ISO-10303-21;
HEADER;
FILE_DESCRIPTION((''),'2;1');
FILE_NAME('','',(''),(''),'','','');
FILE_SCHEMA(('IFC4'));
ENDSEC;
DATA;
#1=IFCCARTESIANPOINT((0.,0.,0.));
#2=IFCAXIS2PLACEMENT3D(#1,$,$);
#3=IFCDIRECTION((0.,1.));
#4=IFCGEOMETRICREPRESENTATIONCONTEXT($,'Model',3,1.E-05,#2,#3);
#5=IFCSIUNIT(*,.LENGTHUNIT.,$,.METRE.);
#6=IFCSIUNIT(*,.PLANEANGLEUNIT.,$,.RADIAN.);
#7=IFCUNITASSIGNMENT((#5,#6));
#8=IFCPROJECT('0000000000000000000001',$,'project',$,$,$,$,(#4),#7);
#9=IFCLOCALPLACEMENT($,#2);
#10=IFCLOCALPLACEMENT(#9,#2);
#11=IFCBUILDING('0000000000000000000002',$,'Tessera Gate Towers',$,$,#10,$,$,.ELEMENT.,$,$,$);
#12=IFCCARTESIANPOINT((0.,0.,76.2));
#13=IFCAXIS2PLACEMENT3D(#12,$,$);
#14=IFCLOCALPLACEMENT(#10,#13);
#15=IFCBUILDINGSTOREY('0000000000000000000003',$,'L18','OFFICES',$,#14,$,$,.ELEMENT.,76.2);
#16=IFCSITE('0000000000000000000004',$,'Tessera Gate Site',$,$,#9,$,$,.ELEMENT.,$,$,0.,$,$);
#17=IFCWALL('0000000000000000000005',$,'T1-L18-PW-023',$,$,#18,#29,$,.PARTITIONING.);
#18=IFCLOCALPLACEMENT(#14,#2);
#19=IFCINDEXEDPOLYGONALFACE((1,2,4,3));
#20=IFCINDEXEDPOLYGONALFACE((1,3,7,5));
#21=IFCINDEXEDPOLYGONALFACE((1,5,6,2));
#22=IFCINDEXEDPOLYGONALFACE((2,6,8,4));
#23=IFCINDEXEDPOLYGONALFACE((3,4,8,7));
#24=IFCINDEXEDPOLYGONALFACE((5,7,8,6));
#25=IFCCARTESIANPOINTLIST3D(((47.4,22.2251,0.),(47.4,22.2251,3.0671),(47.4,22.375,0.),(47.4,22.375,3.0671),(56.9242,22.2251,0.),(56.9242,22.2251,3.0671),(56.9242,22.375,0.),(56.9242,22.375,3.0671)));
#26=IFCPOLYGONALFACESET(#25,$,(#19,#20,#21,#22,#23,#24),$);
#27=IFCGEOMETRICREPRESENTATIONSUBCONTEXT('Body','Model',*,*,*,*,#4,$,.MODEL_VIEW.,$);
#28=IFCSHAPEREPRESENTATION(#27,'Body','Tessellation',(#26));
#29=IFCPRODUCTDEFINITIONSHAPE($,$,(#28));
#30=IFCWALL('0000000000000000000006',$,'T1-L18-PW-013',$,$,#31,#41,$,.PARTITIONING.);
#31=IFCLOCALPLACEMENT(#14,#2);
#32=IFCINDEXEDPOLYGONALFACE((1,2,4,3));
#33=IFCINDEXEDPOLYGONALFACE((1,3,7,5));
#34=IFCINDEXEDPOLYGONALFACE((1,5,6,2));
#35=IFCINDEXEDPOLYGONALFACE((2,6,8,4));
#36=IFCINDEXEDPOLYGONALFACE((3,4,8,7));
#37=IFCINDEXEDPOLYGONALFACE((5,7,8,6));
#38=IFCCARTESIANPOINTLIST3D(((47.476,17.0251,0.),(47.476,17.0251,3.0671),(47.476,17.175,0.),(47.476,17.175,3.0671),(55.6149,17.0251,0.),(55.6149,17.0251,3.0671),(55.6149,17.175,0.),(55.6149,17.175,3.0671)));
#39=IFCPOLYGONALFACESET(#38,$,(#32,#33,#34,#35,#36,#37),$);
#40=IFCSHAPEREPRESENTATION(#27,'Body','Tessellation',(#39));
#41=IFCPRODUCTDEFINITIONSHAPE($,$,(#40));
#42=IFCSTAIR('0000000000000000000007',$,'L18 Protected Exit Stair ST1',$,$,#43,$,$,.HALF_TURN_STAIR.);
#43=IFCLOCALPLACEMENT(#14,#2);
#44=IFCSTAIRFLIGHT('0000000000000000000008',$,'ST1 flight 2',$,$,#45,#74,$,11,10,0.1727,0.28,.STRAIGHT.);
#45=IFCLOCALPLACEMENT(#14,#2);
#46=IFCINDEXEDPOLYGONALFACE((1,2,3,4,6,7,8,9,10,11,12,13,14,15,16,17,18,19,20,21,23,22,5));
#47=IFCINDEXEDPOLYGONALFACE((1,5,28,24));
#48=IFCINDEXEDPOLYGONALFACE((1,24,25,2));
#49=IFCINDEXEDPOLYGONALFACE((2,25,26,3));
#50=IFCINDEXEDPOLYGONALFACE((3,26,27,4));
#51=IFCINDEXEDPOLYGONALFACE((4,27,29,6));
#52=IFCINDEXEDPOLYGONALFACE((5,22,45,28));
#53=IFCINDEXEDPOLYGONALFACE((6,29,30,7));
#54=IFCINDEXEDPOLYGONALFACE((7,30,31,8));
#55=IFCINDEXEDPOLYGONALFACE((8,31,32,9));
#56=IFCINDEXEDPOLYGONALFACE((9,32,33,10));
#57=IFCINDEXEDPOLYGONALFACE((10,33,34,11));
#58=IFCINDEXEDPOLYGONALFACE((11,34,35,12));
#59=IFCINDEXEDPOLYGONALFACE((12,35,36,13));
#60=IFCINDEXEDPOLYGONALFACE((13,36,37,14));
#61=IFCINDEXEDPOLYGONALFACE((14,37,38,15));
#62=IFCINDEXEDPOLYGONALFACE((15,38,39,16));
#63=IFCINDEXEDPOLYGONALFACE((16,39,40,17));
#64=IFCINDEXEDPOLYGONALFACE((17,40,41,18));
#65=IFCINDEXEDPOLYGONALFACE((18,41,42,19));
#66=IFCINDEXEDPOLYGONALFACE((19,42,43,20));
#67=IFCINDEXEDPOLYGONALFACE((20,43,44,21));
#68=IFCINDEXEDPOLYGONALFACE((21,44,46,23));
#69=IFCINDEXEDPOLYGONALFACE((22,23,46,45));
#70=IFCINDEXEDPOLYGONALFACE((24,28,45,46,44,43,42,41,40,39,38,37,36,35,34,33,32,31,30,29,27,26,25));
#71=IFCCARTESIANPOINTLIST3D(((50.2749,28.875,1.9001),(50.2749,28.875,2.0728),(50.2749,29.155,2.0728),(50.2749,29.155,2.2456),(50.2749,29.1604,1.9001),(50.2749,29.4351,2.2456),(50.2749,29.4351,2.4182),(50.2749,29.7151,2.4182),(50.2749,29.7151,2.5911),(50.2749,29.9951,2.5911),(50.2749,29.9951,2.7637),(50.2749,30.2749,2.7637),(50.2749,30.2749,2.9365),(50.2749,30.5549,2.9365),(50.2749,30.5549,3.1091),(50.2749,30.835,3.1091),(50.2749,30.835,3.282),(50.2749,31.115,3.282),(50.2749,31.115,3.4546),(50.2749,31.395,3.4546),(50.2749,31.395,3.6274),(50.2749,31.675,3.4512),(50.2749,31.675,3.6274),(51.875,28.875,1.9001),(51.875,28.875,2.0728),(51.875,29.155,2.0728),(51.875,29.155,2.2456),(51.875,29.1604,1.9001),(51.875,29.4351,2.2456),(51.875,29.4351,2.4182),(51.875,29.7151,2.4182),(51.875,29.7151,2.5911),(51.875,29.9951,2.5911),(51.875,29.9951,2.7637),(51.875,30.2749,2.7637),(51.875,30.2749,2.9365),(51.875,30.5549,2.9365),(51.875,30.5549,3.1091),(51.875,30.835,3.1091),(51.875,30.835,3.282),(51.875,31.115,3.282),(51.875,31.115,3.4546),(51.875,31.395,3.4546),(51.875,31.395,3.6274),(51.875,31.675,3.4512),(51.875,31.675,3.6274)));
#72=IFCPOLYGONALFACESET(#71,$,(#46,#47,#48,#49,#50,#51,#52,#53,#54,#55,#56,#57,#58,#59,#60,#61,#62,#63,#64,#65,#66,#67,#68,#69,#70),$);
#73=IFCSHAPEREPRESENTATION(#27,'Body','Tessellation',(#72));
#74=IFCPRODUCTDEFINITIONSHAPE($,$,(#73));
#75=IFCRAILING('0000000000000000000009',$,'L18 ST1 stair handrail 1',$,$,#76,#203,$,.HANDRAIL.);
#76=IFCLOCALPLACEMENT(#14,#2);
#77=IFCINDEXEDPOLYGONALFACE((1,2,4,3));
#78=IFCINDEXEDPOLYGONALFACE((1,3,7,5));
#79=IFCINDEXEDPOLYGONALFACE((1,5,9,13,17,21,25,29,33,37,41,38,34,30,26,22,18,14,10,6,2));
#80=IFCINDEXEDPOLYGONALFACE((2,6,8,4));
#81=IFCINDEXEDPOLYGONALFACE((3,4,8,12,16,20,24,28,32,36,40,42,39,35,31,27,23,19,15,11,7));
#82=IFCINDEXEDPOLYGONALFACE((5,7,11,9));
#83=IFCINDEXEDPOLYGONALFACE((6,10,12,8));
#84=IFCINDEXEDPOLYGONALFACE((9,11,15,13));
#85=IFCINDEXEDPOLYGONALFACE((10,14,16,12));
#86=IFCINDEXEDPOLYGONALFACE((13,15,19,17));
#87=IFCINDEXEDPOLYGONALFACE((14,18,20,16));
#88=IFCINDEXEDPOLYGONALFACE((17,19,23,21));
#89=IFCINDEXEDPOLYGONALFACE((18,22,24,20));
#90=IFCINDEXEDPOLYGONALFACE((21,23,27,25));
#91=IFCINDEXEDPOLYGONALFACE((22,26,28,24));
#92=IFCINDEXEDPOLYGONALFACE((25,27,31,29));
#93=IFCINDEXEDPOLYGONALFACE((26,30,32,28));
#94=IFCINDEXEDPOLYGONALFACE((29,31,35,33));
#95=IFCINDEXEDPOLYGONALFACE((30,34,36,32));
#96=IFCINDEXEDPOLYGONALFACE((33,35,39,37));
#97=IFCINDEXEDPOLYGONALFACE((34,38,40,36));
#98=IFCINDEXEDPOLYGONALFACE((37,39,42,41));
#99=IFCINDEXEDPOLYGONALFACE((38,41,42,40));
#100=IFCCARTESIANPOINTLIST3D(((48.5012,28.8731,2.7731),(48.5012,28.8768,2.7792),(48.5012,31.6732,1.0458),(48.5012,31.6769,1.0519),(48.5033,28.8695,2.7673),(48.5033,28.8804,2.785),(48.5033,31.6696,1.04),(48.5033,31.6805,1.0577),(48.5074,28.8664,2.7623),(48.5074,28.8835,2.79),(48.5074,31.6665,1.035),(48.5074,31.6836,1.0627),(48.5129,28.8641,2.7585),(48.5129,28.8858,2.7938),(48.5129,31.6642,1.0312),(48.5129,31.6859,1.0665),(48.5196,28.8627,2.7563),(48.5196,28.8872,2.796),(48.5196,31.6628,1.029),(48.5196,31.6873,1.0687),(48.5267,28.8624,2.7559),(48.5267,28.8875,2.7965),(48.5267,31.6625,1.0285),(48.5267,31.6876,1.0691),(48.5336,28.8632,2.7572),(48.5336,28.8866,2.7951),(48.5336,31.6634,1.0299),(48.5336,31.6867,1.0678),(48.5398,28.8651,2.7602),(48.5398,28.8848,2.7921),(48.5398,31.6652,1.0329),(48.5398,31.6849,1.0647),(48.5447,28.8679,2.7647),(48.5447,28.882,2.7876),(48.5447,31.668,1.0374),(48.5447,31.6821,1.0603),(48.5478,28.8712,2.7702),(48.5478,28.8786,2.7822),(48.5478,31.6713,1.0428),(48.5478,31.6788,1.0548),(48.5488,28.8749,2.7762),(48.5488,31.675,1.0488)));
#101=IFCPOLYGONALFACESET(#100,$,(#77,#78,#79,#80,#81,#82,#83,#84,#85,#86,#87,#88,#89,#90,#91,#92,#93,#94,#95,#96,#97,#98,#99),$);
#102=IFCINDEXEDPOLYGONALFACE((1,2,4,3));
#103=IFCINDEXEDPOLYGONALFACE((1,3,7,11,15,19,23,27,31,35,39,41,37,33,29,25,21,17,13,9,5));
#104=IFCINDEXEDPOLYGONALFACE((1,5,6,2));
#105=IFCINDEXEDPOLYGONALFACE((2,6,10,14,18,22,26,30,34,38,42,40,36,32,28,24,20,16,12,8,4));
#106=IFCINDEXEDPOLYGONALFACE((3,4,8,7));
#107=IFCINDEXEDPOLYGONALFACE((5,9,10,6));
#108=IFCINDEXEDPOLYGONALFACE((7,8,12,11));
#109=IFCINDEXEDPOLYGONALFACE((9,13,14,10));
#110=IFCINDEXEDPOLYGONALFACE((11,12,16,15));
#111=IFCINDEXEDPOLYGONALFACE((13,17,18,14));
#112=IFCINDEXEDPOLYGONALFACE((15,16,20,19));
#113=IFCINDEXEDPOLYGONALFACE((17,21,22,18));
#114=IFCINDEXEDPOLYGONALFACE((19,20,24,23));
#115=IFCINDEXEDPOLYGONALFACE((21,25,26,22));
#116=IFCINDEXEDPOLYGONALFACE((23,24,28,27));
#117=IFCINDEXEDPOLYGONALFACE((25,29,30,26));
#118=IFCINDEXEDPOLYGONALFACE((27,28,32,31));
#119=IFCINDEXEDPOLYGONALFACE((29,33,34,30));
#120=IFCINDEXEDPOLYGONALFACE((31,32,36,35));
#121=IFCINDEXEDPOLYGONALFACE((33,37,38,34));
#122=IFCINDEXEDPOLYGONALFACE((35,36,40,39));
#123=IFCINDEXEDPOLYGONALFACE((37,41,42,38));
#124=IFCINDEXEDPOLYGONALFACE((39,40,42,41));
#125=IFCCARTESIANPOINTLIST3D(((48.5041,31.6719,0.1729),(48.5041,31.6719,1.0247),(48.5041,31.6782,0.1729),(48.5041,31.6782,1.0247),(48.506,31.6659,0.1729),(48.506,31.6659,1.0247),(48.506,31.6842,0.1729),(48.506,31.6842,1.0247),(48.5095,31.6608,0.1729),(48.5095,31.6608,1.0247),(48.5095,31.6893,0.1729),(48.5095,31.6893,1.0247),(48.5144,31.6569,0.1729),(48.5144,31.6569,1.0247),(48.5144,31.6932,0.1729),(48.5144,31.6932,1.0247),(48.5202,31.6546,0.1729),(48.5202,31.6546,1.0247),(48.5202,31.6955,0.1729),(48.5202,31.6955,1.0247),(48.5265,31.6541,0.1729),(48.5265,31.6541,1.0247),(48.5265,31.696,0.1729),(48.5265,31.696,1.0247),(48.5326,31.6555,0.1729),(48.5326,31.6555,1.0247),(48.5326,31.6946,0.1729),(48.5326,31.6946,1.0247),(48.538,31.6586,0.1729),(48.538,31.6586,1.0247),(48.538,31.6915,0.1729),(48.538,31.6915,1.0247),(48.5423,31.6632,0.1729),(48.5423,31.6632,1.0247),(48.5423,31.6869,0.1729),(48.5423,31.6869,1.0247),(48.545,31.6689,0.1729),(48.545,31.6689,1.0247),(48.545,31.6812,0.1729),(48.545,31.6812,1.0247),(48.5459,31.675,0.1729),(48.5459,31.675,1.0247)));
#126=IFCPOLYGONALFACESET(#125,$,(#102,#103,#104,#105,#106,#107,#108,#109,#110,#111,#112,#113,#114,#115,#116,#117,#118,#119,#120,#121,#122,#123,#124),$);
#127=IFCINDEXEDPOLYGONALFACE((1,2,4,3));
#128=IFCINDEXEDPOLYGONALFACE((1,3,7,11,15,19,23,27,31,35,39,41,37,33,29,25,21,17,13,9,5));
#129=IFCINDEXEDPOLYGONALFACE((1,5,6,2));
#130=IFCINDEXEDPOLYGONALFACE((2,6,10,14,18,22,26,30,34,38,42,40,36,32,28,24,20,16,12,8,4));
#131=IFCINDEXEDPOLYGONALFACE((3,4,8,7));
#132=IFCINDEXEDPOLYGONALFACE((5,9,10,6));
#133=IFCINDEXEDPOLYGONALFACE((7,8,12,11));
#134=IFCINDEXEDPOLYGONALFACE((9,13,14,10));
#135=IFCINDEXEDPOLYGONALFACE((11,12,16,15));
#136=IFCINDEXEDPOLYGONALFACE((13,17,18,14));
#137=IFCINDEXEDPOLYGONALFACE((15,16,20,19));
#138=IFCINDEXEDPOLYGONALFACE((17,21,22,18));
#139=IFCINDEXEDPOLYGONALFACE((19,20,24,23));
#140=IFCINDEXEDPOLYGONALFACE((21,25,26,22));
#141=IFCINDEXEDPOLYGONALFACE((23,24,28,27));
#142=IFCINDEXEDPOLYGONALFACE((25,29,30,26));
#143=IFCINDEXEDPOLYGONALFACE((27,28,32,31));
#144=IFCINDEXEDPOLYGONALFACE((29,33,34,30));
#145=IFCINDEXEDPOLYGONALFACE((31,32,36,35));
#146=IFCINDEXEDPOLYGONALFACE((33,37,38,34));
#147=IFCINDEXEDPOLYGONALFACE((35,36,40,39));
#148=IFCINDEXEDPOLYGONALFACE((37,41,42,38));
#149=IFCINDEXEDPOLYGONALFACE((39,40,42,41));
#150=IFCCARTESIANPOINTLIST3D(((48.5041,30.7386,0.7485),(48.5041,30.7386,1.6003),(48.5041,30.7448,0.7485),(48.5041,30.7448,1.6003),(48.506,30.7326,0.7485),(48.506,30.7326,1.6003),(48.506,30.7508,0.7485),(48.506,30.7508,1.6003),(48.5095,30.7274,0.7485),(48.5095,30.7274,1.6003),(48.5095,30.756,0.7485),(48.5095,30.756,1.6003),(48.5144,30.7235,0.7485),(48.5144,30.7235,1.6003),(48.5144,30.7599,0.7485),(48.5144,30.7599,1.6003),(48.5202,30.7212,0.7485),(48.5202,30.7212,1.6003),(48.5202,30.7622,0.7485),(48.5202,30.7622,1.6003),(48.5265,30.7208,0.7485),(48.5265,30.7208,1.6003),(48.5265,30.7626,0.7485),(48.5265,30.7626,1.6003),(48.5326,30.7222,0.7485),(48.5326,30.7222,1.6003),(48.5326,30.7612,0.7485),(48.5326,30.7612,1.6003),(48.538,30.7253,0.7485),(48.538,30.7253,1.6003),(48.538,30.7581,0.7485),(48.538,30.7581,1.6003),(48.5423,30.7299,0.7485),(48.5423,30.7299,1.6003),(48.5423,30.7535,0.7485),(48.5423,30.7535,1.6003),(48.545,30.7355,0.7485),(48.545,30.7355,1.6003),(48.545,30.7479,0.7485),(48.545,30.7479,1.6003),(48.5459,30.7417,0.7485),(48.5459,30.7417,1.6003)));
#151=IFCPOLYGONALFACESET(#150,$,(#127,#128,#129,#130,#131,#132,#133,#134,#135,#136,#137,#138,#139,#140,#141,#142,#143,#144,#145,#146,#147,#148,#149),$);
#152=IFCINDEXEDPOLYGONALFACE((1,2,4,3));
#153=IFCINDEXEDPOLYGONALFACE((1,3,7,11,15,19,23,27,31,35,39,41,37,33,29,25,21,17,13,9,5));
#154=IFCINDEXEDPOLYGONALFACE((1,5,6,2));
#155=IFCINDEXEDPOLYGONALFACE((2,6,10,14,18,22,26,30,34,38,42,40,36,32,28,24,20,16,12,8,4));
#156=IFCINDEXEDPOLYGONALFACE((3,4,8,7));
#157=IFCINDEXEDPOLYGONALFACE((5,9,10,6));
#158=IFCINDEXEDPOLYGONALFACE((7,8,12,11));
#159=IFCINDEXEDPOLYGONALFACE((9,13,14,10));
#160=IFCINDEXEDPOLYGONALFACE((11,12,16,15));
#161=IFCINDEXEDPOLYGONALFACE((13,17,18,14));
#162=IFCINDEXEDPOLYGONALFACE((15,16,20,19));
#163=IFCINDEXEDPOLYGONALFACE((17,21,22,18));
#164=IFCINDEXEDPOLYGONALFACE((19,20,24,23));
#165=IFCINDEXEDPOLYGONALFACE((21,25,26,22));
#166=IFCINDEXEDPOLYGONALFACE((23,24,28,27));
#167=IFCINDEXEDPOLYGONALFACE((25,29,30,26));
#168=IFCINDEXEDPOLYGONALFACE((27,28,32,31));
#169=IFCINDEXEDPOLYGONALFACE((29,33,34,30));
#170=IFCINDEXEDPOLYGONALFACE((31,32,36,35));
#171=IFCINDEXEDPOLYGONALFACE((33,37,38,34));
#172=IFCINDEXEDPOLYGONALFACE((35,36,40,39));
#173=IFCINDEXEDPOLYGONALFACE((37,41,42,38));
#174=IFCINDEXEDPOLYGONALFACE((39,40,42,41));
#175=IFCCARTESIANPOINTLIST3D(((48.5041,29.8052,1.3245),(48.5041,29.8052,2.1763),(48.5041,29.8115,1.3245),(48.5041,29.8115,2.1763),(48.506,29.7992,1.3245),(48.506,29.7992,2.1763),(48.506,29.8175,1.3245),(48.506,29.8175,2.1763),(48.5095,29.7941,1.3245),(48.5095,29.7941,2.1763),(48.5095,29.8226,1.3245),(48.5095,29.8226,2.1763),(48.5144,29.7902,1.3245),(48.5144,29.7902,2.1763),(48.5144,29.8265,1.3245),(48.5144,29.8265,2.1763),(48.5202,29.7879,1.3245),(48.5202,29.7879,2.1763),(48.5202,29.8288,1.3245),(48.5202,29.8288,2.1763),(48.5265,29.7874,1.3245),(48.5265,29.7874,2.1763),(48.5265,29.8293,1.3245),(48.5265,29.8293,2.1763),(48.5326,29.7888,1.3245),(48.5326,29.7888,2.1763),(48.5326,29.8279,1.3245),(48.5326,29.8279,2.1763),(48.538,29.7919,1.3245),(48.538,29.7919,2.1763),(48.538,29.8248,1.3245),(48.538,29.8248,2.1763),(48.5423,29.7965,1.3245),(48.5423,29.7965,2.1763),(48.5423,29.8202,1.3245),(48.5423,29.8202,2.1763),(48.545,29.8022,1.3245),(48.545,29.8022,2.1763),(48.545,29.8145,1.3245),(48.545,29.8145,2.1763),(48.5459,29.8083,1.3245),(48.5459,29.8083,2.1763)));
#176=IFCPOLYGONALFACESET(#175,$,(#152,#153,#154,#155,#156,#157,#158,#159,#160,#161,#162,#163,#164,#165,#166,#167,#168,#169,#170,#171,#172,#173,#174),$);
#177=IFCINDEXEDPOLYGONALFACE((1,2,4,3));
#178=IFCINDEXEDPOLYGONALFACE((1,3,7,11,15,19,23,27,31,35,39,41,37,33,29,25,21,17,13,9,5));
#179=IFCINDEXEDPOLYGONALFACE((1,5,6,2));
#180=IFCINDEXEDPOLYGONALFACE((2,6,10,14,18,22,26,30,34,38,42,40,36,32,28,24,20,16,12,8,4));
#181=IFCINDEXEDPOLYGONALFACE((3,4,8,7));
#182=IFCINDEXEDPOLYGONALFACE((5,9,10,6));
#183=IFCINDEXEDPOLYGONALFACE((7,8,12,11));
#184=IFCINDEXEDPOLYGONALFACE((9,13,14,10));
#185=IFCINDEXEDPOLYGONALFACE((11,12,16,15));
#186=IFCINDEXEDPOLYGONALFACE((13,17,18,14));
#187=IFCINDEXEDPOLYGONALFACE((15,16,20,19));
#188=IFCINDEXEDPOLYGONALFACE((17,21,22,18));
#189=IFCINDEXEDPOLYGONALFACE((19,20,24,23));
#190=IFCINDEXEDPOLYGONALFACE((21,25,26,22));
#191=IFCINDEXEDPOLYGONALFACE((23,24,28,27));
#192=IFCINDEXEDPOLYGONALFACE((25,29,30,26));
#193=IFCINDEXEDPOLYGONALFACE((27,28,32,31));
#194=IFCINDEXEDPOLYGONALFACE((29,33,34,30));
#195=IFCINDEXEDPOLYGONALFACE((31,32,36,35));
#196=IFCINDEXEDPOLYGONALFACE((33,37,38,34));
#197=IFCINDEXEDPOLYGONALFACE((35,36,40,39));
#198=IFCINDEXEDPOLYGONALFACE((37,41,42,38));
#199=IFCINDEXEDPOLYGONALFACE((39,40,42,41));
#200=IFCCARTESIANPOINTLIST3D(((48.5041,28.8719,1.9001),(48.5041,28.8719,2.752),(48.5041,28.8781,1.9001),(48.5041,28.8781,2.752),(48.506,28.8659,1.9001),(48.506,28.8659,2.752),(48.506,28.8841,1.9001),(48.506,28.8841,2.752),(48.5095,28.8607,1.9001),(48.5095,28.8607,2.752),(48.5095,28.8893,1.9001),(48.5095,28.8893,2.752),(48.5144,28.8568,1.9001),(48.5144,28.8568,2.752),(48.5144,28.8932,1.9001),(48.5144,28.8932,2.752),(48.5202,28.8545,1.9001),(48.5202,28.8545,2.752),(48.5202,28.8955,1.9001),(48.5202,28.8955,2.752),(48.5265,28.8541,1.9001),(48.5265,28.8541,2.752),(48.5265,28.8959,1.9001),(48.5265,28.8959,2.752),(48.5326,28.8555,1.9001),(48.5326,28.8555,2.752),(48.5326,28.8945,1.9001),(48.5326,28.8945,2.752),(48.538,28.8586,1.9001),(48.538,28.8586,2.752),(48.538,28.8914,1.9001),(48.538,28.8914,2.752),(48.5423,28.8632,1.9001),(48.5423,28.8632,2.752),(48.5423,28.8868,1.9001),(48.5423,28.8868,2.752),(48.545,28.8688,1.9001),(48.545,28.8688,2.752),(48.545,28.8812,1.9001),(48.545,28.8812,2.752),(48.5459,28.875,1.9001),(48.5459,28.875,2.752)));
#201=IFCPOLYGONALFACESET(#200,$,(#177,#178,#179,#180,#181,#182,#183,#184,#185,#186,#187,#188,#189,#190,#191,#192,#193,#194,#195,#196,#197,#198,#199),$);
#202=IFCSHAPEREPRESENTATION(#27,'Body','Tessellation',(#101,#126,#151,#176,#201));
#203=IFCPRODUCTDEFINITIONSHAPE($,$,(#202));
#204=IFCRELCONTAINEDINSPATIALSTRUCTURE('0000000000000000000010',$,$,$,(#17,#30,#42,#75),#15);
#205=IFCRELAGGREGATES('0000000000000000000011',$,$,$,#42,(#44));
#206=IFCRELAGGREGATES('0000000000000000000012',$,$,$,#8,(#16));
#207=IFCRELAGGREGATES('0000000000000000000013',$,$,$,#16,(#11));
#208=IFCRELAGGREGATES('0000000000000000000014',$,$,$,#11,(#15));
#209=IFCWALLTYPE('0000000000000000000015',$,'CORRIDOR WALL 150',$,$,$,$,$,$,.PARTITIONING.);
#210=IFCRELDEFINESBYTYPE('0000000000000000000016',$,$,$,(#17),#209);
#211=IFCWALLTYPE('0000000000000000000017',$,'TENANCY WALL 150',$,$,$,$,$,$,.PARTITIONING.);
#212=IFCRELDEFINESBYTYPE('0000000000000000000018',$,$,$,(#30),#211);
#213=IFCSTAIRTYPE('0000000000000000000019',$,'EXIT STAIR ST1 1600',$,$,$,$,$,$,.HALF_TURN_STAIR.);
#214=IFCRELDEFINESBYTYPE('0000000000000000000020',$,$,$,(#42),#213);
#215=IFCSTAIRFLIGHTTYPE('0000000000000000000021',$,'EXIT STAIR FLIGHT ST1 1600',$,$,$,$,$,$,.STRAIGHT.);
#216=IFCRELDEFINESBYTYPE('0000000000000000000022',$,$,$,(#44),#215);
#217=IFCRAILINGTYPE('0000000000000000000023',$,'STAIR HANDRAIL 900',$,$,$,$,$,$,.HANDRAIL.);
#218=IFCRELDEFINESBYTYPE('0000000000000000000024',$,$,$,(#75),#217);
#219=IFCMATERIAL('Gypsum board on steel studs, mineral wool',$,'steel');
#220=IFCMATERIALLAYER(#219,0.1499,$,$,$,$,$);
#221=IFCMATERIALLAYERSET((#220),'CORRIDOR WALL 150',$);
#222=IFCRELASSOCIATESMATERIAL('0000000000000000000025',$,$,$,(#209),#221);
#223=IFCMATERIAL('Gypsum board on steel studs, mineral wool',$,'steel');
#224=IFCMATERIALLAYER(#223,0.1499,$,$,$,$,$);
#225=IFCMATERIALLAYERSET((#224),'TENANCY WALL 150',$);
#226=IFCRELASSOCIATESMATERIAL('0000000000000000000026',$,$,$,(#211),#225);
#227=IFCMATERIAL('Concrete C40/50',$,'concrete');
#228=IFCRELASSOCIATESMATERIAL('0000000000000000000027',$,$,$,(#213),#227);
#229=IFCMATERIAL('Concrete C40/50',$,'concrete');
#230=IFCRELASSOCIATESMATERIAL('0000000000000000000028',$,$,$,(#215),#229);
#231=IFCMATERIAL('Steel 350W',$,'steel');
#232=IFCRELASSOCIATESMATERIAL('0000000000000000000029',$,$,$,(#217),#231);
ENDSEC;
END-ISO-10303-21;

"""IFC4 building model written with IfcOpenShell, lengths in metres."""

from ifc_helpers import new_model, si_unit, direction, frame, frame_2d, origin, origin_2d, place, context, subcontext, project, spatial, polyline, rectangle, circle, outline, extrude, material, layer, layer_set, type_object, element, aggregate, save


model = new_model("IFC4")

# Units and contexts
model_context = context("Model", 3, precision=1e-05, world=origin(), true_north=direction((0.0, 1.0)))
body_context = subcontext(model_context, "Body", "Model", "MODEL_VIEW")
ifc_project = project(units=[si_unit("LENGTHUNIT", "METRE"), si_unit("PLANEANGLEUNIT", "RADIAN")], contexts=[model_context])

# Site, building, storey
site_placement = place(None, origin())
site = spatial("IfcSite", under=ifc_project, at=site_placement, Name="Tessera Gate Site", CompositionType="ELEMENT", RefElevation=0.0)
building_placement = place(site_placement, origin())
building = spatial("IfcBuilding", under=site, at=building_placement, Name="Tessera Gate Towers", CompositionType="ELEMENT")
storey_placement = place(building_placement, frame((0.0, 0.0, 76.2)))
storey = spatial("IfcBuildingStorey", under=building, at=storey_placement, Name="L18", Description="OFFICES", CompositionType="ELEMENT", Elevation=76.2)

# Shared definitions
ifc_material_1 = material(Name="Gypsum board on steel studs, mineral wool", Category="steel")
ifc_layer_1 = layer(ifc_material_1, 0.1499)
ifc_layer_set_1 = layer_set([ifc_layer_1], Name="CORRIDOR WALL 150")
wall_type_1 = type_object("IfcWallType", Name="CORRIDOR WALL 150", PredefinedType="PARTITIONING", material=ifc_layer_set_1)

# Walls
wall_1_placement = place(storey_placement, frame((47.3999, 22.3, 0.0), z_axis=(0.0, 0.0, 1.0), x_axis=(1.0, 0.0, 0.0)))
element("IfcWall", 1, at=wall_1_placement, inside=storey, type_object=wall_type_1, Name="T1-L18-PW-023", PredefinedType="PARTITIONING", context=body_context, shape_type="SweptSolid", body=[
    extrude(rectangle(XDim=9.5242, YDim=0.1499, at=frame_2d((4.7622, 0.0))), origin(), (0.0, 0.0, 1.0), 3.0671),
])
ifc_material_2 = material(Name="Gypsum board on steel studs, mineral wool", Category="steel")
ifc_layer_2 = layer(ifc_material_2, 0.1499)
ifc_layer_set_2 = layer_set([ifc_layer_2], Name="TENANCY WALL 150")
wall_type_2 = type_object("IfcWallType", Name="TENANCY WALL 150", PredefinedType="PARTITIONING", material=ifc_layer_set_2)
wall_2_placement = place(storey_placement, frame((47.4761, 17.1001, 0.0), z_axis=(0.0, 0.0, 1.0), x_axis=(1.0, 0.0, 0.0)))
element("IfcWall", 2, at=wall_2_placement, inside=storey, type_object=wall_type_2, Name="T1-L18-PW-013", PredefinedType="PARTITIONING", context=body_context, shape_type="SweptSolid", body=[
    extrude(rectangle(XDim=8.1389, YDim=0.1499, at=frame_2d((4.0693, 0.0))), origin(), (0.0, 0.0, 1.0), 3.0671),
])

# Stair, stair flight
ifc_material_3 = material(Name="Concrete C40/50", Category="concrete")
stair_type = type_object("IfcStairType", Name="EXIT STAIR ST1 1600", PredefinedType="HALF_TURN_STAIR", material=ifc_material_3)
stair_placement = place(storey_placement, origin())
stair = element("IfcStair", 3, at=stair_placement, inside=storey, type_object=stair_type, Name="L18 Protected Exit Stair ST1", PredefinedType="HALF_TURN_STAIR")
ifc_material_4 = material(Name="Concrete C40/50", Category="concrete")
stair_flight_type = type_object("IfcStairFlightType", Name="EXIT STAIR FLIGHT ST1 1600", PredefinedType="STRAIGHT", material=ifc_material_4)
stair_flight_placement = place(storey_placement, frame((51.075, 28.875, 1.9001), z_axis=(0.0, 0.0, 1.0), x_axis=(0.0, 1.0, 0.0)))
stair_flight = element("IfcStairFlight", 4, at=stair_flight_placement, type_object=stair_flight_type, Name="ST1 flight 2", NumberOfRisers=11, NumberOfTreads=10, PredefinedType="STRAIGHT", RiserHeight=0.1727, TreadLength=0.28, context=body_context, shape_type="SweptSolid", body=[
    extrude(outline(polyline([(0.0, 0.0), (0.0, 0.1726), (0.28, 0.1726), (0.28, 0.3455), (0.5601, 0.3455), (0.5601, 0.5181), (0.8401, 0.5181), (0.8401, 0.6909), (1.1201, 0.6909), (1.1201, 0.8635), (1.3999, 0.8635), (1.3999, 1.0364), (1.6799, 1.0364), (1.6799, 1.209), (1.96, 1.209), (1.96, 1.3818), (2.24, 1.3818), (2.24, 1.5544), (2.52, 1.5544), (2.52, 1.7273), (2.8, 1.7273), (2.8, 1.8999), (2.8, 1.551), (0.2854, 0.0), (0.0, 0.0)])), frame((0.0, 0.8, 0.0), z_axis=(0.0, -1.0, 0.0), x_axis=(1.0, 0.0, 0.0)), (0.0, 0.0, 1.0), 1.6001),
])
aggregate(stair, [stair_flight])

# Railing
ifc_material_5 = material(Name="Steel 350W", Category="steel")
railing_type = type_object("IfcRailingType", Name="STAIR HANDRAIL 900", PredefinedType="HANDRAIL", material=ifc_material_5)
railing_placement = place(storey_placement, frame((48.5249, 31.675, 0.1729)))
element("IfcRailing", 5, at=railing_placement, inside=storey, type_object=railing_type, Name="L18 ST1 stair handrail 1", PredefinedType="HANDRAIL", context=body_context, shape_type="SweptSolid", body=[
    extrude(circle(Radius=0.0239, at=origin_2d()), frame((0.0, 0.0, 0.876), z_axis=(0.0, -0.85109, 0.52502), x_axis=(1.0, 0.0, 0.0)), (0.0, 0.0, 1.0), 3.29),
    extrude(circle(Radius=0.021, at=origin_2d()), origin(), (0.0, 0.0, 1.0), 0.8518),
    extrude(circle(Radius=0.021, at=origin_2d()), frame((0.0, -0.9333, 0.5757)), (0.0, 0.0, 1.0), 0.8518),
    extrude(circle(Radius=0.021, at=origin_2d()), frame((0.0, -1.8667, 1.1516)), (0.0, 0.0, 1.0), 0.8518),
    extrude(circle(Radius=0.021, at=origin_2d()), frame((0.0, -2.8, 1.7273)), (0.0, 0.0, 1.0), 0.8518),
])

save(model, "model.ifc")
